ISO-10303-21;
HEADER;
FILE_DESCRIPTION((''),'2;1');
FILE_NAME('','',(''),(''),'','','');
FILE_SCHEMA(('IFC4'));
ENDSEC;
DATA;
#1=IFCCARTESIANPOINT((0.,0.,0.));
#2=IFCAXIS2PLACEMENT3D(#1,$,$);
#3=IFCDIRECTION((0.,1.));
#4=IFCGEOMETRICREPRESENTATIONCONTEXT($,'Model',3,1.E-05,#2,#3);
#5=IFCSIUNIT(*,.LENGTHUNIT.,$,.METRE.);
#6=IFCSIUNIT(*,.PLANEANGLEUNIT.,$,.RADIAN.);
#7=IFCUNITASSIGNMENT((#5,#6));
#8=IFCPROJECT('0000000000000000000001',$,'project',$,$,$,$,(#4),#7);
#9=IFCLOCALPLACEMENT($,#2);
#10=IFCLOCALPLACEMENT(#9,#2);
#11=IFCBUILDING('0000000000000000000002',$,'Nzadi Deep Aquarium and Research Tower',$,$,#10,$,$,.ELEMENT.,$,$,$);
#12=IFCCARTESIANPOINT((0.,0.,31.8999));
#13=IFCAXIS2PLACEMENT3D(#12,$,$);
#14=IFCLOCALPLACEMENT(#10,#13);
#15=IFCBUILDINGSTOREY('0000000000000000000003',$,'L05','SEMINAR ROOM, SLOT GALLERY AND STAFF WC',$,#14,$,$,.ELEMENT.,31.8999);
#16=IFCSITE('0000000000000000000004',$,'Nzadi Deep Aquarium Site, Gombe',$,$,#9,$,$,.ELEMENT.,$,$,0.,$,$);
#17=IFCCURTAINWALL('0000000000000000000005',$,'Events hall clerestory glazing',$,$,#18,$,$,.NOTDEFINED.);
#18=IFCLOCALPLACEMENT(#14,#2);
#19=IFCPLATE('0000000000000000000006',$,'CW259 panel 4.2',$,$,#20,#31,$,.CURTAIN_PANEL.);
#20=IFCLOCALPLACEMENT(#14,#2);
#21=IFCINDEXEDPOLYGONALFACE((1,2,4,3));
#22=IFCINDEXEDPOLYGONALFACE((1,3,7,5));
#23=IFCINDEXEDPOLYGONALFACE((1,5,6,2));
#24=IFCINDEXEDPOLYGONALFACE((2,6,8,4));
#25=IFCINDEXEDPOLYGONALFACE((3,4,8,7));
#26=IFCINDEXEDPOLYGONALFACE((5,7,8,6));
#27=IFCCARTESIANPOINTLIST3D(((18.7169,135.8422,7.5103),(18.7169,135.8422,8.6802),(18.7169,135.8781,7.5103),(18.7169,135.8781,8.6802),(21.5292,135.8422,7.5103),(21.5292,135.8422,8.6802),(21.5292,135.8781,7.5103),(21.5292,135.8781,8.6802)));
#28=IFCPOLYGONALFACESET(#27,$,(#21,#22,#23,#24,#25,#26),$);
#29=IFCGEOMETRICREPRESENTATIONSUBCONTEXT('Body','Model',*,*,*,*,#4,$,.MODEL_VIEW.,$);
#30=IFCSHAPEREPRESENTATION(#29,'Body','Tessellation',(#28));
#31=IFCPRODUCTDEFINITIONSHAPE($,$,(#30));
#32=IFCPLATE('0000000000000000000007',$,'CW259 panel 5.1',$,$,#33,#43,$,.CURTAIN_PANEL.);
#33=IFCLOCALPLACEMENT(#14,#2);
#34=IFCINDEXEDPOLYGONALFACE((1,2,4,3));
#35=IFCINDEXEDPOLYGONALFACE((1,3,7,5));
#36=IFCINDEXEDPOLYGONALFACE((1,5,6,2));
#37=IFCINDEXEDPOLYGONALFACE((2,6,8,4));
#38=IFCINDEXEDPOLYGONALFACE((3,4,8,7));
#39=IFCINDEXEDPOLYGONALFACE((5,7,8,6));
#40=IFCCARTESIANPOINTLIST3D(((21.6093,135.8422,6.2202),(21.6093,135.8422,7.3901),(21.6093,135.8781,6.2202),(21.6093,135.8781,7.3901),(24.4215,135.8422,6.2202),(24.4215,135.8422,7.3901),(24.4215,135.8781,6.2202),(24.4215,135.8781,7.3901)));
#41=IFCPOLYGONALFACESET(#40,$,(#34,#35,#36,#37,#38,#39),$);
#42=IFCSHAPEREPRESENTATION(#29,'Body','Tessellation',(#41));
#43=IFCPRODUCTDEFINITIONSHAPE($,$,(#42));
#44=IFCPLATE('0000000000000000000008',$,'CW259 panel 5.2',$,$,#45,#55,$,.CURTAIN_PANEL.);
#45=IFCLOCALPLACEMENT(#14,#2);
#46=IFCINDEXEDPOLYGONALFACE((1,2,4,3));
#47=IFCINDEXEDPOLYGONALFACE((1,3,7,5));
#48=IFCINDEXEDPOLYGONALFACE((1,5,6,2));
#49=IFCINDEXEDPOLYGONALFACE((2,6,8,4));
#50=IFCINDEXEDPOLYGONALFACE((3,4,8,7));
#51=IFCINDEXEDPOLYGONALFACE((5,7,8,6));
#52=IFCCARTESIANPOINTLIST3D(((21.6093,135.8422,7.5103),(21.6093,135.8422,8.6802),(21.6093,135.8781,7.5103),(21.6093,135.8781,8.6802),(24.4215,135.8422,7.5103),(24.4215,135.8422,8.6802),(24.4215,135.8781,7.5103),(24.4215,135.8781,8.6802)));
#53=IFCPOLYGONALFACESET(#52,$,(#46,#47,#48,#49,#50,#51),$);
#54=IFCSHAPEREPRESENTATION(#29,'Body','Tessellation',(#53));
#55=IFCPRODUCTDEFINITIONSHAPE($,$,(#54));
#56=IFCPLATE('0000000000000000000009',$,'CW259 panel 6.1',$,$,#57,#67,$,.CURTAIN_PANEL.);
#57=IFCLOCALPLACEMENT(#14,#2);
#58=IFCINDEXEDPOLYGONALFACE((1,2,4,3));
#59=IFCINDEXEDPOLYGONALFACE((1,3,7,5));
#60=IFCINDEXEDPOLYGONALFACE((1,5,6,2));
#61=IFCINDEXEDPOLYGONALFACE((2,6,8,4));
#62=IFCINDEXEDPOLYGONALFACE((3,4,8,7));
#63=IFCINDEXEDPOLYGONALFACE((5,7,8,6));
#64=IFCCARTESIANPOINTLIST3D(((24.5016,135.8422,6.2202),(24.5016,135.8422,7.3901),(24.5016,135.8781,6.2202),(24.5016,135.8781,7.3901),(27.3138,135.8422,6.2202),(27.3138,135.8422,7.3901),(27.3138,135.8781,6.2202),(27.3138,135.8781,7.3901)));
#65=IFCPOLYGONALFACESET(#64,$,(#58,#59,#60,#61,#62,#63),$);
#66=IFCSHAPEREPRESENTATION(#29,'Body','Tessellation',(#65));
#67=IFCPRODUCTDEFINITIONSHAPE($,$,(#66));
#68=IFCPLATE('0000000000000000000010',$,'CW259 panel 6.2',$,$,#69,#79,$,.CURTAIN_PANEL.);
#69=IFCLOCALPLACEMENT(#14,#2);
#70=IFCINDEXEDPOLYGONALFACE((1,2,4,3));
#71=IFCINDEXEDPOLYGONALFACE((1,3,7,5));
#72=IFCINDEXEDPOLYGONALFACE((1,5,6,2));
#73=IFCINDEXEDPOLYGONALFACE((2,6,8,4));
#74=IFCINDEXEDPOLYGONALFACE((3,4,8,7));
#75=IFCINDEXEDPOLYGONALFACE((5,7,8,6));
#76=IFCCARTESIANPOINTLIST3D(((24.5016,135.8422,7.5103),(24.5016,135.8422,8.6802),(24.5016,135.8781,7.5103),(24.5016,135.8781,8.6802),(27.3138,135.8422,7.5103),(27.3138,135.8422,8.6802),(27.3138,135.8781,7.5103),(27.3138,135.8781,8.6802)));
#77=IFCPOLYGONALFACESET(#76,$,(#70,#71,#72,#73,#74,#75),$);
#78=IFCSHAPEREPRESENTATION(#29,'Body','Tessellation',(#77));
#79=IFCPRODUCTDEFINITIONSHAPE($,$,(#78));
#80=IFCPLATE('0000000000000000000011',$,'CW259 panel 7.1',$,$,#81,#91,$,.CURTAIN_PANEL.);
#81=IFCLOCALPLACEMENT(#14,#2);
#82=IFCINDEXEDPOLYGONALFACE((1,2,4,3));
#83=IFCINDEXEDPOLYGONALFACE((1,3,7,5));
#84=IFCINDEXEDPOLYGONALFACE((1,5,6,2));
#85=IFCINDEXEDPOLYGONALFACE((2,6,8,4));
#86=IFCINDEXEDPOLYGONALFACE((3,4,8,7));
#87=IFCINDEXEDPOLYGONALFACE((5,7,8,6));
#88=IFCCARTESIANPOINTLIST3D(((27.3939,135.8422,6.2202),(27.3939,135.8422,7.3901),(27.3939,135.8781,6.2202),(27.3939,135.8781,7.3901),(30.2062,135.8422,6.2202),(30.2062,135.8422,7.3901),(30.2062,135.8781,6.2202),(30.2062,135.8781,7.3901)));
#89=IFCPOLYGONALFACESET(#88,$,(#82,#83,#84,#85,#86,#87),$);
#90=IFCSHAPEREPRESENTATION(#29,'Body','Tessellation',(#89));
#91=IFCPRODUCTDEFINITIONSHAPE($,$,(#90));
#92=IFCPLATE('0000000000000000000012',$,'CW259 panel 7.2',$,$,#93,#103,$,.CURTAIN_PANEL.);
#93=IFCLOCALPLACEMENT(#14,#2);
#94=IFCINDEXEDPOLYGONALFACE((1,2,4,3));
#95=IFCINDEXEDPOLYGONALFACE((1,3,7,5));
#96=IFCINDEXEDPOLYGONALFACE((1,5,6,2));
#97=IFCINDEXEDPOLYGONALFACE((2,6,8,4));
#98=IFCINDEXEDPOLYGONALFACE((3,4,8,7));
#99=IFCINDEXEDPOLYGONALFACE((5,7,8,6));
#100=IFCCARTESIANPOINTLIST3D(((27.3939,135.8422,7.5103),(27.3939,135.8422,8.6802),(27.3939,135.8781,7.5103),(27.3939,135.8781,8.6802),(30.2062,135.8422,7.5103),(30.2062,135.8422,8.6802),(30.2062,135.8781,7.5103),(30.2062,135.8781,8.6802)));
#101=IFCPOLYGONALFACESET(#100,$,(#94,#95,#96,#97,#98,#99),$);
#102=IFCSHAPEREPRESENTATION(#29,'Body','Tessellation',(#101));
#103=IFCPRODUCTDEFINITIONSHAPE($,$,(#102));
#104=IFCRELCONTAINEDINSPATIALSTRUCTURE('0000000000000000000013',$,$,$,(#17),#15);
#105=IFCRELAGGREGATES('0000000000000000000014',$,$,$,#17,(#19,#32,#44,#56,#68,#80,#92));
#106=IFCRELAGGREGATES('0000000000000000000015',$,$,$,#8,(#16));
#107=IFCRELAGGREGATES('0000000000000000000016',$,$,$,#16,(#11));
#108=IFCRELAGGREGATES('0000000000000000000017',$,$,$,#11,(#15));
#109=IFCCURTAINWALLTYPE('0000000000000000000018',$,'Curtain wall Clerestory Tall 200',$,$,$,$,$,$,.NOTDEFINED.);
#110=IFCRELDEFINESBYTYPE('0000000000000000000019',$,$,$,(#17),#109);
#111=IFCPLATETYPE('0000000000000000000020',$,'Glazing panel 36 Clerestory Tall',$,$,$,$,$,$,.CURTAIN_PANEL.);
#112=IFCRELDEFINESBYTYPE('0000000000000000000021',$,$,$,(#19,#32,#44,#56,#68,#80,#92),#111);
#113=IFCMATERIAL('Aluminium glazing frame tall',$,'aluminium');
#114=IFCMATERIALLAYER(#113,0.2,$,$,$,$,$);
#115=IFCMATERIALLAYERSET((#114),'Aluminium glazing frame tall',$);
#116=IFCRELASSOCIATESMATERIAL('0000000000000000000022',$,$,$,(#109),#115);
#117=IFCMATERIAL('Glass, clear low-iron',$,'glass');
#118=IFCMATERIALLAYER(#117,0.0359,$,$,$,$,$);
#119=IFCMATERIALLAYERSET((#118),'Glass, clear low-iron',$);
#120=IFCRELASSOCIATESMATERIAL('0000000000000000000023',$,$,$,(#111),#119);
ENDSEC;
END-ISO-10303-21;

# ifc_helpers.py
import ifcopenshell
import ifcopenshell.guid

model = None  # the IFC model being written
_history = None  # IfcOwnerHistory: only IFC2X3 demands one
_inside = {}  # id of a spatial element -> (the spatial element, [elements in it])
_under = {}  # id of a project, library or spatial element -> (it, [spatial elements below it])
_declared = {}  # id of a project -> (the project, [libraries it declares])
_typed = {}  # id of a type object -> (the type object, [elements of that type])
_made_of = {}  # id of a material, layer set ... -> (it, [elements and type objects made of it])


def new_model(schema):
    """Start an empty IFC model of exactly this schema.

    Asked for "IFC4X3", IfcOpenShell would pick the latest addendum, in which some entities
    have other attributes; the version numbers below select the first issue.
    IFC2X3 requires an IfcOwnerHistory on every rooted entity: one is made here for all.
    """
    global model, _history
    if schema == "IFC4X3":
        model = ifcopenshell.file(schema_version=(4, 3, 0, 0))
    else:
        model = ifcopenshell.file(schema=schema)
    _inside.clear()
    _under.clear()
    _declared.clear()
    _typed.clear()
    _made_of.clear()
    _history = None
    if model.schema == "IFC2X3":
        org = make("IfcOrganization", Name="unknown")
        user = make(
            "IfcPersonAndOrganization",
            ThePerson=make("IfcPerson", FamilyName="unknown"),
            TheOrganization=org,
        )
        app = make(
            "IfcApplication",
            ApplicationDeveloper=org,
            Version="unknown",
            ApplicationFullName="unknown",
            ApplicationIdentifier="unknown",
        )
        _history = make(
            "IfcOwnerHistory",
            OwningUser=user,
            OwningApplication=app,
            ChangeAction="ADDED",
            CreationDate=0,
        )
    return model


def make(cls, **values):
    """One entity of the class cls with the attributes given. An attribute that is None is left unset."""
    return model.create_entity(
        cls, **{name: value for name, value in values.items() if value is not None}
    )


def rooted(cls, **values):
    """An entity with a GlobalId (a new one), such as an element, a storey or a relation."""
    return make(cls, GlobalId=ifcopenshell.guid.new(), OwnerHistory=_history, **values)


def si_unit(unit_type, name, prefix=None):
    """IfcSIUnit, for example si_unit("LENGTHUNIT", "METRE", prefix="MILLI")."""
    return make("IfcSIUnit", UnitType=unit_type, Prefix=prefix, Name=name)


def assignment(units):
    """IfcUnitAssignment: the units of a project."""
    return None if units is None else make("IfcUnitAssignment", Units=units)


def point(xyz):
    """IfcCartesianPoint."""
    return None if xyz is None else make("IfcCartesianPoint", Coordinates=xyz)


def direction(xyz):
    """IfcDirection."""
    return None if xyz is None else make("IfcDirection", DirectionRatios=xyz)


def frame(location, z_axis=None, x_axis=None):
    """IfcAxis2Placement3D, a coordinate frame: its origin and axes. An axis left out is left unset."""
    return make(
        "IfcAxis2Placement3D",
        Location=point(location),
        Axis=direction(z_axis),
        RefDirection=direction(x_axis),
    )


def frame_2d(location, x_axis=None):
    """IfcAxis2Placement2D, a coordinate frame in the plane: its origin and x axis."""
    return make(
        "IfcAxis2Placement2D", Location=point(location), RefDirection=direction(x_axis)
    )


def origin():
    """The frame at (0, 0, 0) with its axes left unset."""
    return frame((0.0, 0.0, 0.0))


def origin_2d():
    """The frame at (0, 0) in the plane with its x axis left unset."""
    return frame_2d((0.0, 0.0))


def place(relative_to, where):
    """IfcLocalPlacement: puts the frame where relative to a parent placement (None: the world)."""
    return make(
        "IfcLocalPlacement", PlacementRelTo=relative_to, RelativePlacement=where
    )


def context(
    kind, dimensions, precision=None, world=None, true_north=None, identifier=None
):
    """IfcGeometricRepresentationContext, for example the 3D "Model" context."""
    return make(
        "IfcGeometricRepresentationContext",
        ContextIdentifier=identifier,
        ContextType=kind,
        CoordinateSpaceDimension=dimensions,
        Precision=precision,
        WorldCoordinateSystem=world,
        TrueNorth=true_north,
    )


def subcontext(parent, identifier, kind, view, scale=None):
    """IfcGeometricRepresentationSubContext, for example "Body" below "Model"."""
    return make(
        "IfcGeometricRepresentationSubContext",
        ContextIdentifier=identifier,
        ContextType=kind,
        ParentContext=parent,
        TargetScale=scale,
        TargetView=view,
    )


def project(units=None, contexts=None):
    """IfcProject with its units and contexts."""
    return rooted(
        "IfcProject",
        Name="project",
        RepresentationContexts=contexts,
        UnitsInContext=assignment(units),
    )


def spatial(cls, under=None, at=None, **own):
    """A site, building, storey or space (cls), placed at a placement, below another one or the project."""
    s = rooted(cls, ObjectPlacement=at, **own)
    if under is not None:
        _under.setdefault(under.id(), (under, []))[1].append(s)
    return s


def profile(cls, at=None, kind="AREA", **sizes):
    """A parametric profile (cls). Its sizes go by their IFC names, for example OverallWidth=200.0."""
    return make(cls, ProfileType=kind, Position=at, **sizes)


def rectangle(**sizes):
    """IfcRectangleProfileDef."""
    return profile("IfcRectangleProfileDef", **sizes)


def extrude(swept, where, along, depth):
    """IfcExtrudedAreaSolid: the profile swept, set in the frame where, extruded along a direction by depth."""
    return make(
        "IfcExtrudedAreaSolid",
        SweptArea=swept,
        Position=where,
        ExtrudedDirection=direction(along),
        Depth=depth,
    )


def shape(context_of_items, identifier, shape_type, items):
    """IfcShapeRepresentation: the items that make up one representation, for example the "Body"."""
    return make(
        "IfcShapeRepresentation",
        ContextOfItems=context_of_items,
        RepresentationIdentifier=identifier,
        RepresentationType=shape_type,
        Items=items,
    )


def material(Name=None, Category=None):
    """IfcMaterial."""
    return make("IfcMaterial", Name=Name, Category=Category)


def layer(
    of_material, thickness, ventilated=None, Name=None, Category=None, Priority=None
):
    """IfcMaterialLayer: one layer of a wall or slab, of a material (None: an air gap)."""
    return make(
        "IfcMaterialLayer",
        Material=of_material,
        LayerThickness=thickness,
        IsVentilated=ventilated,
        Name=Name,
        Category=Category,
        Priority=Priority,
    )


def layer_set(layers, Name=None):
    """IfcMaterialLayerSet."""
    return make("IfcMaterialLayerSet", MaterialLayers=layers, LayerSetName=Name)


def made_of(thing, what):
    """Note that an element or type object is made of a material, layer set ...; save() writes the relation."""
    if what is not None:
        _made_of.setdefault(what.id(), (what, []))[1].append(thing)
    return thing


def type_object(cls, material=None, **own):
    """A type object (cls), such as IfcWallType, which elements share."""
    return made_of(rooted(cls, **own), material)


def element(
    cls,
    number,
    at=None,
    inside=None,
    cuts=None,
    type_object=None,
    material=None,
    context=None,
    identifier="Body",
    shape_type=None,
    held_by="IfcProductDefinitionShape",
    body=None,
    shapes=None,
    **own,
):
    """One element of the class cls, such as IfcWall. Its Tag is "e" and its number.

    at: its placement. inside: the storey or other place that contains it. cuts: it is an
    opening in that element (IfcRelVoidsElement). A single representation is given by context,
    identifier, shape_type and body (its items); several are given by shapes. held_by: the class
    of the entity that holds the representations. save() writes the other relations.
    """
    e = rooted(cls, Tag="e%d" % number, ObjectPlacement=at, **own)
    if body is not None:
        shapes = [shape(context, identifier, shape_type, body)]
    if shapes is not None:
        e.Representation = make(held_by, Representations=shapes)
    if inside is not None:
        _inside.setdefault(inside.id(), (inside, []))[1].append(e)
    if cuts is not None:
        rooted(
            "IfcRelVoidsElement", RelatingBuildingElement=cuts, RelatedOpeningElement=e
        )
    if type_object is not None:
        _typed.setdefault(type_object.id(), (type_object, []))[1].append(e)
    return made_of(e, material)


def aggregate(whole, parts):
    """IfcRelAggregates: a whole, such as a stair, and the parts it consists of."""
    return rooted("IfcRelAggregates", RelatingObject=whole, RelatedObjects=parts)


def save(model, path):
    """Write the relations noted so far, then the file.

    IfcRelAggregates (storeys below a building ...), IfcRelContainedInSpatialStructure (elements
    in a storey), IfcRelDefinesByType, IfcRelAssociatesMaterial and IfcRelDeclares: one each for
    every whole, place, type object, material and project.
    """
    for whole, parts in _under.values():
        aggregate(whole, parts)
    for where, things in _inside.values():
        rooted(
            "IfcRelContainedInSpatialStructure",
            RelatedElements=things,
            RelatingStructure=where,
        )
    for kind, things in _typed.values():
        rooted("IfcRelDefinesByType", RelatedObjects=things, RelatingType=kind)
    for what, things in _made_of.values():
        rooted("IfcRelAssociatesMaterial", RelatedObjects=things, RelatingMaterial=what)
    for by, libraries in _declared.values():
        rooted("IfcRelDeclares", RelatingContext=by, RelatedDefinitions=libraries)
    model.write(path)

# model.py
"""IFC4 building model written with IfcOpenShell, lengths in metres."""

from ifc_helpers import new_model, si_unit, direction, frame, origin, origin_2d, place, context, subcontext, project, spatial, rectangle, extrude, material, layer, layer_set, type_object, element, aggregate, save


model = new_model("IFC4")

# Units and contexts
model_context = context("Model", 3, precision=1e-05, world=origin(), true_north=direction((0.0, 1.0)))
body_context = subcontext(model_context, "Body", "Model", "MODEL_VIEW")
ifc_project = project(units=[si_unit("LENGTHUNIT", "METRE"), si_unit("PLANEANGLEUNIT", "RADIAN")], contexts=[model_context])

# Site, building, storey
site_placement = place(None, origin())
site = spatial("IfcSite", under=ifc_project, at=site_placement, Name="Nzadi Deep Aquarium Site, Gombe", CompositionType="ELEMENT", RefElevation=0.0)
building_placement = place(site_placement, origin())
building = spatial("IfcBuilding", under=site, at=building_placement, Name="Nzadi Deep Aquarium and Research Tower", CompositionType="ELEMENT")
storey_placement = place(building_placement, frame((0.0, 0.0, 31.8999)))
storey = spatial("IfcBuildingStorey", under=building, at=storey_placement, Name="L05", Description="SEMINAR ROOM, SLOT GALLERY AND STAFF WC", CompositionType="ELEMENT", Elevation=31.8999)

# Curtain wall
ifc_material_1 = material(Name="Aluminium glazing frame tall", Category="aluminium")
ifc_layer_1 = layer(ifc_material_1, 0.2)
ifc_layer_set_1 = layer_set([ifc_layer_1], Name="Aluminium glazing frame tall")
curtain_wall_type = type_object("IfcCurtainWallType", Name="Curtain wall Clerestory Tall 200", PredefinedType="NOTDEFINED", material=ifc_layer_set_1)
curtain_wall_placement = place(storey_placement, origin())
curtain_wall = element("IfcCurtainWall", 1, at=curtain_wall_placement, inside=storey, type_object=curtain_wall_type, Name="Events hall clerestory glazing", PredefinedType="NOTDEFINED")

# Plates
ifc_material_2 = material(Name="Glass, clear low-iron", Category="glass")
ifc_layer_2 = layer(ifc_material_2, 0.0359)
ifc_layer_set_2 = layer_set([ifc_layer_2], Name="Glass, clear low-iron")
plate_type = type_object("IfcPlateType", Name="Glazing panel 36 Clerestory Tall", PredefinedType="CURTAIN_PANEL", material=ifc_layer_set_2)
plate_1_placement = place(storey_placement, frame((20.123, 135.8601, 7.5103), z_axis=(0.0, 0.0, 1.0), x_axis=(1.0, 0.0, 0.0)))
plate_1 = element("IfcPlate", 2, at=plate_1_placement, type_object=plate_type, Name="CW259 panel 4.2", PredefinedType="CURTAIN_PANEL", context=body_context, shape_type="SweptSolid", body=[
    extrude(rectangle(XDim=2.8123, YDim=0.0359, at=origin_2d()), origin(), (0.0, 0.0, 1.0), 1.1699),
])
plate_2_placement = place(storey_placement, frame((23.0154, 135.8601, 6.2202), z_axis=(0.0, 0.0, 1.0), x_axis=(1.0, 0.0, 0.0)))
plate_2 = element("IfcPlate", 3, at=plate_2_placement, type_object=plate_type, Name="CW259 panel 5.1", PredefinedType="CURTAIN_PANEL", context=body_context, shape_type="SweptSolid", body=[
    extrude(rectangle(XDim=2.8123, YDim=0.0359, at=origin_2d()), origin(), (0.0, 0.0, 1.0), 1.1699),
])
plate_3_placement = place(storey_placement, frame((23.0154, 135.8601, 7.5103), z_axis=(0.0, 0.0, 1.0), x_axis=(1.0, 0.0, 0.0)))
plate_3 = element("IfcPlate", 4, at=plate_3_placement, type_object=plate_type, Name="CW259 panel 5.2", PredefinedType="CURTAIN_PANEL", context=body_context, shape_type="SweptSolid", body=[
    extrude(rectangle(XDim=2.8123, YDim=0.0359, at=origin_2d()), origin(), (0.0, 0.0, 1.0), 1.1699),
])
plate_4_placement = place(storey_placement, frame((25.9077, 135.8601, 6.2202), z_axis=(0.0, 0.0, 1.0), x_axis=(1.0, 0.0, 0.0)))
plate_4 = element("IfcPlate", 5, at=plate_4_placement, type_object=plate_type, Name="CW259 panel 6.1", PredefinedType="CURTAIN_PANEL", context=body_context, shape_type="SweptSolid", body=[
    extrude(rectangle(XDim=2.8123, YDim=0.0359, at=origin_2d()), origin(), (0.0, 0.0, 1.0), 1.1699),
])
plate_5_placement = place(storey_placement, frame((25.9077, 135.8601, 7.5103), z_axis=(0.0, 0.0, 1.0), x_axis=(1.0, 0.0, 0.0)))
plate_5 = element("IfcPlate", 6, at=plate_5_placement, type_object=plate_type, Name="CW259 panel 6.2", PredefinedType="CURTAIN_PANEL", context=body_context, shape_type="SweptSolid", body=[
    extrude(rectangle(XDim=2.8123, YDim=0.0359, at=origin_2d()), origin(), (0.0, 0.0, 1.0), 1.1699),
])
plate_6_placement = place(storey_placement, frame((28.8, 135.8601, 6.2202), z_axis=(0.0, 0.0, 1.0), x_axis=(1.0, 0.0, 0.0)))
plate_6 = element("IfcPlate", 7, at=plate_6_placement, type_object=plate_type, Name="CW259 panel 7.1", PredefinedType="CURTAIN_PANEL", context=body_context, shape_type="SweptSolid", body=[
    extrude(rectangle(XDim=2.8123, YDim=0.0359, at=origin_2d()), origin(), (0.0, 0.0, 1.0), 1.1699),
])
plate_7_placement = place(storey_placement, frame((28.8, 135.8601, 7.5103), z_axis=(0.0, 0.0, 1.0), x_axis=(1.0, 0.0, 0.0)))
plate_7 = element("IfcPlate", 8, at=plate_7_placement, type_object=plate_type, Name="CW259 panel 7.2", PredefinedType="CURTAIN_PANEL", context=body_context, shape_type="SweptSolid", body=[
    extrude(rectangle(XDim=2.8123, YDim=0.0359, at=origin_2d()), origin(), (0.0, 0.0, 1.0), 1.1699),
])
aggregate(curtain_wall, [plate_1, plate_2, plate_3, plate_4, plate_5, plate_6, plate_7])

save(model, "model.ifc")
